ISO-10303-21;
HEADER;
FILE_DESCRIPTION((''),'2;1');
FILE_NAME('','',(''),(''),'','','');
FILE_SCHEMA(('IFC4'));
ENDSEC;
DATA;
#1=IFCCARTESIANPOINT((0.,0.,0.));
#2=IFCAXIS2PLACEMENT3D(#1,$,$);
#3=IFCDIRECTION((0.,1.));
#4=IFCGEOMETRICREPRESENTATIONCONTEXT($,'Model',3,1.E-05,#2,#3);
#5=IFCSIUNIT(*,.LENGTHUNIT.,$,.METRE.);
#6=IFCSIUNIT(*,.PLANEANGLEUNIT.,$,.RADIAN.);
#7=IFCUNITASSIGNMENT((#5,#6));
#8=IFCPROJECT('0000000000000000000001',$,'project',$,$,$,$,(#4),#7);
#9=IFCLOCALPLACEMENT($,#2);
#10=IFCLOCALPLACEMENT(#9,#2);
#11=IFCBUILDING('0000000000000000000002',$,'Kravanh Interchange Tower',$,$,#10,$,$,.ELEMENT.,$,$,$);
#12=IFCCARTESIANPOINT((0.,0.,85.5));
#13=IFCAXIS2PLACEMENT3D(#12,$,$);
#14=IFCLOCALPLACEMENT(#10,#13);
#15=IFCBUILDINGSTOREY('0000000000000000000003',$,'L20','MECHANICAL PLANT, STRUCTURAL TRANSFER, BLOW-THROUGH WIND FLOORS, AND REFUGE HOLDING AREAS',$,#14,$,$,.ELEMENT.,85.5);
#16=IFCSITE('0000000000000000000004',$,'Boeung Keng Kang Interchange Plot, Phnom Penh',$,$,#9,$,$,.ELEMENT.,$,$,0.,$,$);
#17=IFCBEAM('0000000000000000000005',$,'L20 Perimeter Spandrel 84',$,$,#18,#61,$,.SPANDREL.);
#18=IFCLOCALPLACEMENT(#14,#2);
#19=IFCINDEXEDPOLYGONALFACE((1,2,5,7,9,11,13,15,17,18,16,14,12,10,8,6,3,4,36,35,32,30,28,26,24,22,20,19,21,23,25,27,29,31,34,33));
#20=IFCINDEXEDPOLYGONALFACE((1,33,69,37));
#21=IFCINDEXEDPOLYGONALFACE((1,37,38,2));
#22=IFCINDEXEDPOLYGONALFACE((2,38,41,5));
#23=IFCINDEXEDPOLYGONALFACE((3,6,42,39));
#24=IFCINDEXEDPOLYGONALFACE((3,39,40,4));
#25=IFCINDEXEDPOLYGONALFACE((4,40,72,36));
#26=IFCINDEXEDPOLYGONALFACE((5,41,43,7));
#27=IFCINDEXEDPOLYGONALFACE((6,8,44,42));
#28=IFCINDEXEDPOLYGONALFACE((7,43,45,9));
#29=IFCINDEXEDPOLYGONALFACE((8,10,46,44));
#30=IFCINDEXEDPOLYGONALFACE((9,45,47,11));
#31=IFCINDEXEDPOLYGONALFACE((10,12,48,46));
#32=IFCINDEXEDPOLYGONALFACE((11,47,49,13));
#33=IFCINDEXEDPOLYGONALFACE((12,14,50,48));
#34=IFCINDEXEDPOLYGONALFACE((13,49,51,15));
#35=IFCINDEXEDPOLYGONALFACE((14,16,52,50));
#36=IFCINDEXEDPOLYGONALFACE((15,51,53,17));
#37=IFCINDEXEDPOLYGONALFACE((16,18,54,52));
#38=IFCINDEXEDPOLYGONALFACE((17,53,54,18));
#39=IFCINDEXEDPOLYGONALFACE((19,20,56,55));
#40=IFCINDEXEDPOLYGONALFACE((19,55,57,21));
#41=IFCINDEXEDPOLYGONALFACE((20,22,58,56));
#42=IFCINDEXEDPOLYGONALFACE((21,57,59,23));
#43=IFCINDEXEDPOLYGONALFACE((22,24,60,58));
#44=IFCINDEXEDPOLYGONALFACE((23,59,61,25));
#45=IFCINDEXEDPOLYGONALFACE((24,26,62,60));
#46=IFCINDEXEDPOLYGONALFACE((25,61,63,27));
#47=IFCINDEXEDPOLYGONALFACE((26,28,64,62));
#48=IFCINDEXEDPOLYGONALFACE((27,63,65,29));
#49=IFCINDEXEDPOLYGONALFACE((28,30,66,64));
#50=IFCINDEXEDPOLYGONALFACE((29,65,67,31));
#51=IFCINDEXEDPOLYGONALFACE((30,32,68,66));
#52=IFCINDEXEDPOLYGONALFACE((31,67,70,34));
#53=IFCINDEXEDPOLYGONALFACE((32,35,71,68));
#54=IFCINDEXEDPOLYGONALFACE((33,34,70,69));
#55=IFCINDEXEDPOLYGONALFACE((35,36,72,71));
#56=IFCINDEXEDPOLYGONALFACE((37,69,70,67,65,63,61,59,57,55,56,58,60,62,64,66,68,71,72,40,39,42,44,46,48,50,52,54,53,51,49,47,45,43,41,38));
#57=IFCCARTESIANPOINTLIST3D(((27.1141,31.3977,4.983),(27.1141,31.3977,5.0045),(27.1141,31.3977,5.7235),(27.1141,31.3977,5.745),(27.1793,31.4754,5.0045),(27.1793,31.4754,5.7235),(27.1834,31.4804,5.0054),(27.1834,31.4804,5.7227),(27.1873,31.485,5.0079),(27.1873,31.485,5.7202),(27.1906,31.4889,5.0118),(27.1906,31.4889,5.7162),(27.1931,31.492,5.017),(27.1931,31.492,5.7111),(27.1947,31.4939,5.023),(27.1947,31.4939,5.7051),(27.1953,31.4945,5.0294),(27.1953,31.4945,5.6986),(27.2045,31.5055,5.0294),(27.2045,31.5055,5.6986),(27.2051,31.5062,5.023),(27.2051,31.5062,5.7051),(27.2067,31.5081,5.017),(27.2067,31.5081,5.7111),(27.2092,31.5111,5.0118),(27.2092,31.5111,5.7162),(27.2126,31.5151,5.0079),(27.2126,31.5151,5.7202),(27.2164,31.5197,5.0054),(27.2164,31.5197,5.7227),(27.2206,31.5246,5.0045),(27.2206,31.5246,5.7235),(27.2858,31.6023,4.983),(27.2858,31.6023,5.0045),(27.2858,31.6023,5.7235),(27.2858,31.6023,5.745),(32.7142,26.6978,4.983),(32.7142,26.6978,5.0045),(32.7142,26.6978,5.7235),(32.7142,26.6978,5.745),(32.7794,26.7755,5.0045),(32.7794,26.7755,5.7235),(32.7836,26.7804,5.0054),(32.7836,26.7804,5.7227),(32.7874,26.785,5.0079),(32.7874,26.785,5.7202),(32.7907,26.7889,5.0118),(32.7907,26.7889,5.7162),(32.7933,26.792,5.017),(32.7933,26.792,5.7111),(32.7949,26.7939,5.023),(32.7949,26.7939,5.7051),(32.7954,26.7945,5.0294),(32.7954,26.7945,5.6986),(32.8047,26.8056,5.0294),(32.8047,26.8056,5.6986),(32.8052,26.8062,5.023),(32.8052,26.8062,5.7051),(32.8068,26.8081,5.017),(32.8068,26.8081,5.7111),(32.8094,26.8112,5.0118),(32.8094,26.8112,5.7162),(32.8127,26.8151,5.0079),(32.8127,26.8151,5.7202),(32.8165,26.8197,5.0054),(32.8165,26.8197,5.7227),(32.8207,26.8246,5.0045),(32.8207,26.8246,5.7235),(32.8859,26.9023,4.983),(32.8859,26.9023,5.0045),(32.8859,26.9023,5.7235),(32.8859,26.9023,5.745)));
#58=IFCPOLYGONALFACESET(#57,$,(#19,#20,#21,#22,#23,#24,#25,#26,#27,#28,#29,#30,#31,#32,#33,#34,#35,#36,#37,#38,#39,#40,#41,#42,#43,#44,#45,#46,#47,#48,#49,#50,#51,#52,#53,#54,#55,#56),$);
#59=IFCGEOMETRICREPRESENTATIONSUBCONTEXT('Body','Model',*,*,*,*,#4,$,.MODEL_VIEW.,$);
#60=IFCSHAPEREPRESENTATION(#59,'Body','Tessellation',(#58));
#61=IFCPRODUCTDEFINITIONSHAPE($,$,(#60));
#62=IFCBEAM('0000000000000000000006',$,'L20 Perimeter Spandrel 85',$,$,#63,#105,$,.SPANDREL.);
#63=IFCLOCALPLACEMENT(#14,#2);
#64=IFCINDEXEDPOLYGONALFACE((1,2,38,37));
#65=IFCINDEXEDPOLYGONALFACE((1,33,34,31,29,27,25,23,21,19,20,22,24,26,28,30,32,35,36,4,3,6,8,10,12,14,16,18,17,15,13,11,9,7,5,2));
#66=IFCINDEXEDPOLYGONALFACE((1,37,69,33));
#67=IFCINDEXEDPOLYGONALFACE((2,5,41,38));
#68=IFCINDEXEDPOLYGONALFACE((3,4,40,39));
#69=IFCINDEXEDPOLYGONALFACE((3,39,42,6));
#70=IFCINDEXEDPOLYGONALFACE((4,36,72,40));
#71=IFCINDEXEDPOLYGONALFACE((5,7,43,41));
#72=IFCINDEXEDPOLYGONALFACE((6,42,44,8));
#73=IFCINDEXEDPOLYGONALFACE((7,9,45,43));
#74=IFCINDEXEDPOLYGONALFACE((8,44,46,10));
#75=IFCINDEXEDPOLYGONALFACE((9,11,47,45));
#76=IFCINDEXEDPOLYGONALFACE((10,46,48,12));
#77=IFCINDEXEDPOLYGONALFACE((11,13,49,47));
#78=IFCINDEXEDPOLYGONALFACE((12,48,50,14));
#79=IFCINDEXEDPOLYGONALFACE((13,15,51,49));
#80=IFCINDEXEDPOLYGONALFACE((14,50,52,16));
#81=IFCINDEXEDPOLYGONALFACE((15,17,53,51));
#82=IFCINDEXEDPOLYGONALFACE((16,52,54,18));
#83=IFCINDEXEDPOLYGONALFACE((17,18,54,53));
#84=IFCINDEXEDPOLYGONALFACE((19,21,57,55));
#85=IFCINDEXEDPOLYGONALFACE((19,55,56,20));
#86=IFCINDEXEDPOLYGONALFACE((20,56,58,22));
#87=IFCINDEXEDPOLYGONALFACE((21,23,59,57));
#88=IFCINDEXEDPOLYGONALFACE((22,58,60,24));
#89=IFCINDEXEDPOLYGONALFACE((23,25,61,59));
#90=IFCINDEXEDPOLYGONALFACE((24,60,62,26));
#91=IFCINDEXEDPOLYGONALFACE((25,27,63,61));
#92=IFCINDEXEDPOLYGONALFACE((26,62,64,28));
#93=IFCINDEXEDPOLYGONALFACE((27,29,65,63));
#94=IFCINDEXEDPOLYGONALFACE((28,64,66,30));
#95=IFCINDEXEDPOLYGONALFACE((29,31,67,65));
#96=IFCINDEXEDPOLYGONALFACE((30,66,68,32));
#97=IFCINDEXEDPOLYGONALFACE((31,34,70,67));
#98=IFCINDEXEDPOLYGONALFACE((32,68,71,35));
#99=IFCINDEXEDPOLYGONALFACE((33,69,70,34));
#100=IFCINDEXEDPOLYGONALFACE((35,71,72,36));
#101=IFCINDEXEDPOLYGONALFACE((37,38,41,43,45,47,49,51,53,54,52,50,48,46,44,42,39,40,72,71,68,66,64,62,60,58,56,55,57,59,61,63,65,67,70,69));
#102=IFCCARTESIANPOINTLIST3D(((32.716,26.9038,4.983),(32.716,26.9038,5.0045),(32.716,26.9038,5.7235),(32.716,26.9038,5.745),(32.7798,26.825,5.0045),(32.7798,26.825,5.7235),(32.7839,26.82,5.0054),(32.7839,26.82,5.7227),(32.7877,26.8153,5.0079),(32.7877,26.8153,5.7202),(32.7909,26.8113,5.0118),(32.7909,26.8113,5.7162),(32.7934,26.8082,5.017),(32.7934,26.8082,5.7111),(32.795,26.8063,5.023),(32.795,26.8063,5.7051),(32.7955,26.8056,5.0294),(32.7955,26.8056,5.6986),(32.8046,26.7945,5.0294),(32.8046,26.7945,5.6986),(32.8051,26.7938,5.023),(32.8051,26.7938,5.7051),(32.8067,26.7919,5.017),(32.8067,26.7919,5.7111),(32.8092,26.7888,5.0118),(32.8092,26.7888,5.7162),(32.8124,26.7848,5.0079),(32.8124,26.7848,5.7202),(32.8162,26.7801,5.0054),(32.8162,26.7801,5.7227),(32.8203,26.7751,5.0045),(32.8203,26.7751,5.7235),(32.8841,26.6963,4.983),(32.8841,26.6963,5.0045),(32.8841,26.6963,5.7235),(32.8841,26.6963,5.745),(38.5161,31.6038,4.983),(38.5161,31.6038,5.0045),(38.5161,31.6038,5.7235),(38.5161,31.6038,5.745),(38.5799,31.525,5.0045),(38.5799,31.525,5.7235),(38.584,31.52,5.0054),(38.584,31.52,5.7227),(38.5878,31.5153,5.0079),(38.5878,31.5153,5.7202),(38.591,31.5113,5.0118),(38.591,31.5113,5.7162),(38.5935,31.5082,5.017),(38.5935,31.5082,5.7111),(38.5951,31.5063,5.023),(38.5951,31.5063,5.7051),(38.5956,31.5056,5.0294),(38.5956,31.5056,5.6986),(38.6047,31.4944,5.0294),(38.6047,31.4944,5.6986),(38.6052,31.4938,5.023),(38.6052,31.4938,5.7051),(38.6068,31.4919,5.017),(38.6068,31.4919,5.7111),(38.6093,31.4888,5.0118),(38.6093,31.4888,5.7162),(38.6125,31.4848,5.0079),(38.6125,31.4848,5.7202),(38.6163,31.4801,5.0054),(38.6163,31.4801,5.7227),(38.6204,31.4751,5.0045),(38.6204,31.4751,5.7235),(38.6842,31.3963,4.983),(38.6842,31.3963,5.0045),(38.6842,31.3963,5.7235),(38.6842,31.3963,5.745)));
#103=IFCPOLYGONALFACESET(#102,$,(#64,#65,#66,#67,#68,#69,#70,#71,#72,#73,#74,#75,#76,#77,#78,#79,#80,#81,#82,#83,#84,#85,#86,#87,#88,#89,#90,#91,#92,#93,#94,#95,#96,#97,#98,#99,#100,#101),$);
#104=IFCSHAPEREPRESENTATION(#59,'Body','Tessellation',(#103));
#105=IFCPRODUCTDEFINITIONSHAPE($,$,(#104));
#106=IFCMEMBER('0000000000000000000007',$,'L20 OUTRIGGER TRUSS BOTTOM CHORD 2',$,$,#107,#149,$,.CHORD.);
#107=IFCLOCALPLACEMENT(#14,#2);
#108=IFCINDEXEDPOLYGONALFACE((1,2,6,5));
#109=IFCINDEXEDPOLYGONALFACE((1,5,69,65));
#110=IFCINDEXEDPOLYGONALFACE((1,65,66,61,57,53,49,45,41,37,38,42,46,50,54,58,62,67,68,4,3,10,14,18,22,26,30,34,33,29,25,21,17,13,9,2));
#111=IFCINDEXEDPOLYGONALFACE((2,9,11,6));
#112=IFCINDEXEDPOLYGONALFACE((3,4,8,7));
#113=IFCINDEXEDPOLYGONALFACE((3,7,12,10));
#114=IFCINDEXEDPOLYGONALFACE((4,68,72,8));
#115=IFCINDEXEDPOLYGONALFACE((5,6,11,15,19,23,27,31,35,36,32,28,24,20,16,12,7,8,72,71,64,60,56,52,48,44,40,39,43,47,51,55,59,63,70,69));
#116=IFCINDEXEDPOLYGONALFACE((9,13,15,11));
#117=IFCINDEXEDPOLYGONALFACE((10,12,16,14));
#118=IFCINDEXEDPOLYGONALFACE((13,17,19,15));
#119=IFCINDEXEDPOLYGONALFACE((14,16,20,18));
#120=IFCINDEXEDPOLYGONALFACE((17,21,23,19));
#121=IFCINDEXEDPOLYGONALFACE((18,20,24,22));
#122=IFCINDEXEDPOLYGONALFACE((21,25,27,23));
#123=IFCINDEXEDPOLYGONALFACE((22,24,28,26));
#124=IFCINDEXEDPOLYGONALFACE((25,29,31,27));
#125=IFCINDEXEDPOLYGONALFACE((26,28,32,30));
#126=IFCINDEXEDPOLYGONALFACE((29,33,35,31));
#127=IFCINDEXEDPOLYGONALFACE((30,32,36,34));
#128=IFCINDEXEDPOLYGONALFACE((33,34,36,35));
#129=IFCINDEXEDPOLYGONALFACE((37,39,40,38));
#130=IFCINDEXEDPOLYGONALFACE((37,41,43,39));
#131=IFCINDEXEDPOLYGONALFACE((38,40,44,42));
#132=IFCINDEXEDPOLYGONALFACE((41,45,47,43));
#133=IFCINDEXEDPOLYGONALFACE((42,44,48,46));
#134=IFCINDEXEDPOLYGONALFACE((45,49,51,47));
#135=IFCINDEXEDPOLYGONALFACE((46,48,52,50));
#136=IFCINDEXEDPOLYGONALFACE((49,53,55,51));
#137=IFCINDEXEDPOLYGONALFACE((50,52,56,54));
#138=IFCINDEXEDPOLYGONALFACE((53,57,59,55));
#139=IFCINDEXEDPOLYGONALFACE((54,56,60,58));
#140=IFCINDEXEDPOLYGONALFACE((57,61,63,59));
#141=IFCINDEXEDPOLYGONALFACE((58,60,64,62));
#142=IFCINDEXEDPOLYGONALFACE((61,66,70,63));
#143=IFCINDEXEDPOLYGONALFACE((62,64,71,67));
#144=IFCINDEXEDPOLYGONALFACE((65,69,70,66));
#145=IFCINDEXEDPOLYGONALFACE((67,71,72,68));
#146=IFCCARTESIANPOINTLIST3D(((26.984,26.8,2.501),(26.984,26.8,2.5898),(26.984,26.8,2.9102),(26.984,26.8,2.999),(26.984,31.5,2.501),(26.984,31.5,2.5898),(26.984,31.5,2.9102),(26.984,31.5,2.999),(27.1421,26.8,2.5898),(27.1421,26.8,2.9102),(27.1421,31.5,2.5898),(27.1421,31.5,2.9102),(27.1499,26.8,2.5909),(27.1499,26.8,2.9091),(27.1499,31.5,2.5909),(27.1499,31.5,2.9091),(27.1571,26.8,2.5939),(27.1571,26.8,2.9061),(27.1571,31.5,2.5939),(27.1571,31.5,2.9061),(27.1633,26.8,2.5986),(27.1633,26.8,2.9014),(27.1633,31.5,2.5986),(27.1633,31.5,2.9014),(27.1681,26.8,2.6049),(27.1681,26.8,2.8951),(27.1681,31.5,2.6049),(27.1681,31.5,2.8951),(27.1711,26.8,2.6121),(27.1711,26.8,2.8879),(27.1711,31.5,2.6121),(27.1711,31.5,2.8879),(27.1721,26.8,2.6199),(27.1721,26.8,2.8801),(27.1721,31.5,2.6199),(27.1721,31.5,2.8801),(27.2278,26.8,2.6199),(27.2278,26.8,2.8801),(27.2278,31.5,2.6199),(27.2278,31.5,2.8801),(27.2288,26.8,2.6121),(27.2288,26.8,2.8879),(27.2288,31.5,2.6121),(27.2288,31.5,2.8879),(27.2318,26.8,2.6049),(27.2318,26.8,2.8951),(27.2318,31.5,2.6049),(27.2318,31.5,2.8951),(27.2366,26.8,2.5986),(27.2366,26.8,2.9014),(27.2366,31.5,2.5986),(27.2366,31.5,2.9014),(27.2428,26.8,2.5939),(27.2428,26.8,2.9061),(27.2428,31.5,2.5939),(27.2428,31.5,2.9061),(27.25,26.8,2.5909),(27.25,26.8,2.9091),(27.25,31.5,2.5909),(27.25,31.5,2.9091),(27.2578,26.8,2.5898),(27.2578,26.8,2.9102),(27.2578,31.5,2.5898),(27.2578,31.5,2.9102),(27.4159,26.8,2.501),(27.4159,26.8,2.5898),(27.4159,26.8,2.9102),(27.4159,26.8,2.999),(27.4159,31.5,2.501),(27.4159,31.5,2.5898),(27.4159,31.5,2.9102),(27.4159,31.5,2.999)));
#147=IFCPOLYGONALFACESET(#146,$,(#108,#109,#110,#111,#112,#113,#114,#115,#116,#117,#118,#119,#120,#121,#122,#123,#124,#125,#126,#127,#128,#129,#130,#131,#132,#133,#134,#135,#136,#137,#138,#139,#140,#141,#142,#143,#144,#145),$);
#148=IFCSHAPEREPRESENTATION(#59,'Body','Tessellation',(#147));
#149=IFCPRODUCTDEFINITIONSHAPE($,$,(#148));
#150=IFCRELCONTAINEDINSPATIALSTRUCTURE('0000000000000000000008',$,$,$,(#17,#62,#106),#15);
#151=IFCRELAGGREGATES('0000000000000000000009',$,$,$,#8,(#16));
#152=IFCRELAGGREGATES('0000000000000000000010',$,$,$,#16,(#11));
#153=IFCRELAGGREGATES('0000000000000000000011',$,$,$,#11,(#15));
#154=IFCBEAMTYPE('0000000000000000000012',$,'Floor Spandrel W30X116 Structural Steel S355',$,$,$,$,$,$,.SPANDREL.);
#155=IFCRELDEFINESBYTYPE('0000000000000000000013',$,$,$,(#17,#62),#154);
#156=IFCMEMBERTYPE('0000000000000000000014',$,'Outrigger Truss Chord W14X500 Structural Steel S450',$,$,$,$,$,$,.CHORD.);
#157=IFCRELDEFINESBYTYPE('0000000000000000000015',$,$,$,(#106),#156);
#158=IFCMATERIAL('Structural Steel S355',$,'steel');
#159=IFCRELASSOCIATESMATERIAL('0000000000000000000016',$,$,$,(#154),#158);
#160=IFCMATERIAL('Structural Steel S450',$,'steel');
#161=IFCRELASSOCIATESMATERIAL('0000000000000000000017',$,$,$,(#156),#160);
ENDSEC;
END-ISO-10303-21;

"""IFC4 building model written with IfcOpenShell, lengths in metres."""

from ifc_helpers import new_model, si_unit, direction, frame, origin, origin_2d, place, context, subcontext, project, spatial, i_section, extrude, material, material_profile, profile_set, type_object, element, save


model = new_model("IFC4")

# Units and contexts
model_context = context("Model", 3, precision=1e-05, world=origin(), true_north=direction((0.0, 1.0)))
body_context = subcontext(model_context, "Body", "Model", "MODEL_VIEW")
ifc_project = project(units=[si_unit("LENGTHUNIT", "METRE"), si_unit("PLANEANGLEUNIT", "RADIAN")], contexts=[model_context])

# Site, building, storey
site_placement = place(None, origin())
site = spatial("IfcSite", under=ifc_project, at=site_placement, Name="Boeung Keng Kang Interchange Plot, Phnom Penh", CompositionType="ELEMENT", RefElevation=0.0)
building_placement = place(site_placement, origin())
building = spatial("IfcBuilding", under=site, at=building_placement, Name="Kravanh Interchange Tower", CompositionType="ELEMENT")
storey_placement = place(building_placement, frame((0.0, 0.0, 85.5)))
storey = spatial("IfcBuildingStorey", under=building, at=storey_placement, Name="L20", Description="MECHANICAL PLANT, STRUCTURAL TRANSFER, BLOW-THROUGH WIND FLOORS, AND REFUGE HOLDING AREAS", CompositionType="ELEMENT", Elevation=85.5)

# Beams
ifc_material_1 = material(Name="Structural Steel S355", Category="steel")
ifc_material_profile_1 = material_profile(ifc_material_1, i_section(OverallWidth=0.2671, OverallDepth=0.762, WebThickness=0.0144, FlangeThickness=0.0215, FilletRadius=0.0249, at=origin_2d()), Name="W30X116")
ifc_profile_set_1 = profile_set([ifc_material_profile_1], Name="Structural Steel S355")
beam_type_1 = type_object("IfcBeamType", Name="Floor Spandrel W30X116 Structural Steel S355", PredefinedType="SPANDREL", material=ifc_profile_set_1)
beam_1_placement = place(storey_placement, frame((32.8, 26.8, 5.364), z_axis=(-0.765983, 0.642861, 0.0), x_axis=(-0.642861, -0.765983, 0.0)))
element("IfcBeam", 1, at=beam_1_placement, inside=storey, type_object=beam_type_1, Name="L20 Perimeter Spandrel 84", PredefinedType="SPANDREL", context=body_context, shape_type="SweptSolid", body=[
    extrude(i_section(OverallWidth=0.2671, OverallDepth=0.762, WebThickness=0.0144, FlangeThickness=0.0215, FilletRadius=0.0249, at=origin_2d()), origin(), (0.0, 0.0, 1.0), 7.311),
])
beam_2_placement = place(storey_placement, frame((32.8, 26.8, 5.364), z_axis=(0.776939, 0.629576, 0.0), x_axis=(-0.629576, 0.776939, 0.0)))
element("IfcBeam", 2, at=beam_2_placement, inside=storey, type_object=beam_type_1, Name="L20 Perimeter Spandrel 85", PredefinedType="SPANDREL", context=body_context, shape_type="SweptSolid", body=[
    extrude(i_section(OverallWidth=0.2671, OverallDepth=0.762, WebThickness=0.0144, FlangeThickness=0.0215, FilletRadius=0.0249, at=origin_2d()), origin(), (0.0, 0.0, 1.0), 7.4653),
])

# Member
ifc_material_2 = material(Name="Structural Steel S450", Category="steel")
ifc_material_profile_2 = material_profile(ifc_material_2, i_section(OverallWidth=0.4319, OverallDepth=0.498, WebThickness=0.0557, FlangeThickness=0.0889, FilletRadius=0.03, at=origin_2d()), Name="W14X500")
ifc_profile_set_2 = profile_set([ifc_material_profile_2], Name="Structural Steel S450")
member_type_1 = type_object("IfcMemberType", Name="Outrigger Truss Chord W14X500 Structural Steel S450", PredefinedType="CHORD", material=ifc_profile_set_2)
member_placement = place(storey_placement, frame((27.2, 31.5, 2.75), z_axis=(0.0, -1.0, 0.0), x_axis=(1.0, 0.0, 0.0)))
element("IfcMember", 3, at=member_placement, inside=storey, type_object=member_type_1, Name="L20 OUTRIGGER TRUSS BOTTOM CHORD 2", PredefinedType="CHORD", context=body_context, shape_type="SweptSolid", body=[
    extrude(i_section(OverallWidth=0.4319, OverallDepth=0.498, WebThickness=0.0557, FlangeThickness=0.0889, FilletRadius=0.03, at=origin_2d()), origin(), (0.0, 0.0, 1.0), 4.7),
])

save(model, "model.ifc")
